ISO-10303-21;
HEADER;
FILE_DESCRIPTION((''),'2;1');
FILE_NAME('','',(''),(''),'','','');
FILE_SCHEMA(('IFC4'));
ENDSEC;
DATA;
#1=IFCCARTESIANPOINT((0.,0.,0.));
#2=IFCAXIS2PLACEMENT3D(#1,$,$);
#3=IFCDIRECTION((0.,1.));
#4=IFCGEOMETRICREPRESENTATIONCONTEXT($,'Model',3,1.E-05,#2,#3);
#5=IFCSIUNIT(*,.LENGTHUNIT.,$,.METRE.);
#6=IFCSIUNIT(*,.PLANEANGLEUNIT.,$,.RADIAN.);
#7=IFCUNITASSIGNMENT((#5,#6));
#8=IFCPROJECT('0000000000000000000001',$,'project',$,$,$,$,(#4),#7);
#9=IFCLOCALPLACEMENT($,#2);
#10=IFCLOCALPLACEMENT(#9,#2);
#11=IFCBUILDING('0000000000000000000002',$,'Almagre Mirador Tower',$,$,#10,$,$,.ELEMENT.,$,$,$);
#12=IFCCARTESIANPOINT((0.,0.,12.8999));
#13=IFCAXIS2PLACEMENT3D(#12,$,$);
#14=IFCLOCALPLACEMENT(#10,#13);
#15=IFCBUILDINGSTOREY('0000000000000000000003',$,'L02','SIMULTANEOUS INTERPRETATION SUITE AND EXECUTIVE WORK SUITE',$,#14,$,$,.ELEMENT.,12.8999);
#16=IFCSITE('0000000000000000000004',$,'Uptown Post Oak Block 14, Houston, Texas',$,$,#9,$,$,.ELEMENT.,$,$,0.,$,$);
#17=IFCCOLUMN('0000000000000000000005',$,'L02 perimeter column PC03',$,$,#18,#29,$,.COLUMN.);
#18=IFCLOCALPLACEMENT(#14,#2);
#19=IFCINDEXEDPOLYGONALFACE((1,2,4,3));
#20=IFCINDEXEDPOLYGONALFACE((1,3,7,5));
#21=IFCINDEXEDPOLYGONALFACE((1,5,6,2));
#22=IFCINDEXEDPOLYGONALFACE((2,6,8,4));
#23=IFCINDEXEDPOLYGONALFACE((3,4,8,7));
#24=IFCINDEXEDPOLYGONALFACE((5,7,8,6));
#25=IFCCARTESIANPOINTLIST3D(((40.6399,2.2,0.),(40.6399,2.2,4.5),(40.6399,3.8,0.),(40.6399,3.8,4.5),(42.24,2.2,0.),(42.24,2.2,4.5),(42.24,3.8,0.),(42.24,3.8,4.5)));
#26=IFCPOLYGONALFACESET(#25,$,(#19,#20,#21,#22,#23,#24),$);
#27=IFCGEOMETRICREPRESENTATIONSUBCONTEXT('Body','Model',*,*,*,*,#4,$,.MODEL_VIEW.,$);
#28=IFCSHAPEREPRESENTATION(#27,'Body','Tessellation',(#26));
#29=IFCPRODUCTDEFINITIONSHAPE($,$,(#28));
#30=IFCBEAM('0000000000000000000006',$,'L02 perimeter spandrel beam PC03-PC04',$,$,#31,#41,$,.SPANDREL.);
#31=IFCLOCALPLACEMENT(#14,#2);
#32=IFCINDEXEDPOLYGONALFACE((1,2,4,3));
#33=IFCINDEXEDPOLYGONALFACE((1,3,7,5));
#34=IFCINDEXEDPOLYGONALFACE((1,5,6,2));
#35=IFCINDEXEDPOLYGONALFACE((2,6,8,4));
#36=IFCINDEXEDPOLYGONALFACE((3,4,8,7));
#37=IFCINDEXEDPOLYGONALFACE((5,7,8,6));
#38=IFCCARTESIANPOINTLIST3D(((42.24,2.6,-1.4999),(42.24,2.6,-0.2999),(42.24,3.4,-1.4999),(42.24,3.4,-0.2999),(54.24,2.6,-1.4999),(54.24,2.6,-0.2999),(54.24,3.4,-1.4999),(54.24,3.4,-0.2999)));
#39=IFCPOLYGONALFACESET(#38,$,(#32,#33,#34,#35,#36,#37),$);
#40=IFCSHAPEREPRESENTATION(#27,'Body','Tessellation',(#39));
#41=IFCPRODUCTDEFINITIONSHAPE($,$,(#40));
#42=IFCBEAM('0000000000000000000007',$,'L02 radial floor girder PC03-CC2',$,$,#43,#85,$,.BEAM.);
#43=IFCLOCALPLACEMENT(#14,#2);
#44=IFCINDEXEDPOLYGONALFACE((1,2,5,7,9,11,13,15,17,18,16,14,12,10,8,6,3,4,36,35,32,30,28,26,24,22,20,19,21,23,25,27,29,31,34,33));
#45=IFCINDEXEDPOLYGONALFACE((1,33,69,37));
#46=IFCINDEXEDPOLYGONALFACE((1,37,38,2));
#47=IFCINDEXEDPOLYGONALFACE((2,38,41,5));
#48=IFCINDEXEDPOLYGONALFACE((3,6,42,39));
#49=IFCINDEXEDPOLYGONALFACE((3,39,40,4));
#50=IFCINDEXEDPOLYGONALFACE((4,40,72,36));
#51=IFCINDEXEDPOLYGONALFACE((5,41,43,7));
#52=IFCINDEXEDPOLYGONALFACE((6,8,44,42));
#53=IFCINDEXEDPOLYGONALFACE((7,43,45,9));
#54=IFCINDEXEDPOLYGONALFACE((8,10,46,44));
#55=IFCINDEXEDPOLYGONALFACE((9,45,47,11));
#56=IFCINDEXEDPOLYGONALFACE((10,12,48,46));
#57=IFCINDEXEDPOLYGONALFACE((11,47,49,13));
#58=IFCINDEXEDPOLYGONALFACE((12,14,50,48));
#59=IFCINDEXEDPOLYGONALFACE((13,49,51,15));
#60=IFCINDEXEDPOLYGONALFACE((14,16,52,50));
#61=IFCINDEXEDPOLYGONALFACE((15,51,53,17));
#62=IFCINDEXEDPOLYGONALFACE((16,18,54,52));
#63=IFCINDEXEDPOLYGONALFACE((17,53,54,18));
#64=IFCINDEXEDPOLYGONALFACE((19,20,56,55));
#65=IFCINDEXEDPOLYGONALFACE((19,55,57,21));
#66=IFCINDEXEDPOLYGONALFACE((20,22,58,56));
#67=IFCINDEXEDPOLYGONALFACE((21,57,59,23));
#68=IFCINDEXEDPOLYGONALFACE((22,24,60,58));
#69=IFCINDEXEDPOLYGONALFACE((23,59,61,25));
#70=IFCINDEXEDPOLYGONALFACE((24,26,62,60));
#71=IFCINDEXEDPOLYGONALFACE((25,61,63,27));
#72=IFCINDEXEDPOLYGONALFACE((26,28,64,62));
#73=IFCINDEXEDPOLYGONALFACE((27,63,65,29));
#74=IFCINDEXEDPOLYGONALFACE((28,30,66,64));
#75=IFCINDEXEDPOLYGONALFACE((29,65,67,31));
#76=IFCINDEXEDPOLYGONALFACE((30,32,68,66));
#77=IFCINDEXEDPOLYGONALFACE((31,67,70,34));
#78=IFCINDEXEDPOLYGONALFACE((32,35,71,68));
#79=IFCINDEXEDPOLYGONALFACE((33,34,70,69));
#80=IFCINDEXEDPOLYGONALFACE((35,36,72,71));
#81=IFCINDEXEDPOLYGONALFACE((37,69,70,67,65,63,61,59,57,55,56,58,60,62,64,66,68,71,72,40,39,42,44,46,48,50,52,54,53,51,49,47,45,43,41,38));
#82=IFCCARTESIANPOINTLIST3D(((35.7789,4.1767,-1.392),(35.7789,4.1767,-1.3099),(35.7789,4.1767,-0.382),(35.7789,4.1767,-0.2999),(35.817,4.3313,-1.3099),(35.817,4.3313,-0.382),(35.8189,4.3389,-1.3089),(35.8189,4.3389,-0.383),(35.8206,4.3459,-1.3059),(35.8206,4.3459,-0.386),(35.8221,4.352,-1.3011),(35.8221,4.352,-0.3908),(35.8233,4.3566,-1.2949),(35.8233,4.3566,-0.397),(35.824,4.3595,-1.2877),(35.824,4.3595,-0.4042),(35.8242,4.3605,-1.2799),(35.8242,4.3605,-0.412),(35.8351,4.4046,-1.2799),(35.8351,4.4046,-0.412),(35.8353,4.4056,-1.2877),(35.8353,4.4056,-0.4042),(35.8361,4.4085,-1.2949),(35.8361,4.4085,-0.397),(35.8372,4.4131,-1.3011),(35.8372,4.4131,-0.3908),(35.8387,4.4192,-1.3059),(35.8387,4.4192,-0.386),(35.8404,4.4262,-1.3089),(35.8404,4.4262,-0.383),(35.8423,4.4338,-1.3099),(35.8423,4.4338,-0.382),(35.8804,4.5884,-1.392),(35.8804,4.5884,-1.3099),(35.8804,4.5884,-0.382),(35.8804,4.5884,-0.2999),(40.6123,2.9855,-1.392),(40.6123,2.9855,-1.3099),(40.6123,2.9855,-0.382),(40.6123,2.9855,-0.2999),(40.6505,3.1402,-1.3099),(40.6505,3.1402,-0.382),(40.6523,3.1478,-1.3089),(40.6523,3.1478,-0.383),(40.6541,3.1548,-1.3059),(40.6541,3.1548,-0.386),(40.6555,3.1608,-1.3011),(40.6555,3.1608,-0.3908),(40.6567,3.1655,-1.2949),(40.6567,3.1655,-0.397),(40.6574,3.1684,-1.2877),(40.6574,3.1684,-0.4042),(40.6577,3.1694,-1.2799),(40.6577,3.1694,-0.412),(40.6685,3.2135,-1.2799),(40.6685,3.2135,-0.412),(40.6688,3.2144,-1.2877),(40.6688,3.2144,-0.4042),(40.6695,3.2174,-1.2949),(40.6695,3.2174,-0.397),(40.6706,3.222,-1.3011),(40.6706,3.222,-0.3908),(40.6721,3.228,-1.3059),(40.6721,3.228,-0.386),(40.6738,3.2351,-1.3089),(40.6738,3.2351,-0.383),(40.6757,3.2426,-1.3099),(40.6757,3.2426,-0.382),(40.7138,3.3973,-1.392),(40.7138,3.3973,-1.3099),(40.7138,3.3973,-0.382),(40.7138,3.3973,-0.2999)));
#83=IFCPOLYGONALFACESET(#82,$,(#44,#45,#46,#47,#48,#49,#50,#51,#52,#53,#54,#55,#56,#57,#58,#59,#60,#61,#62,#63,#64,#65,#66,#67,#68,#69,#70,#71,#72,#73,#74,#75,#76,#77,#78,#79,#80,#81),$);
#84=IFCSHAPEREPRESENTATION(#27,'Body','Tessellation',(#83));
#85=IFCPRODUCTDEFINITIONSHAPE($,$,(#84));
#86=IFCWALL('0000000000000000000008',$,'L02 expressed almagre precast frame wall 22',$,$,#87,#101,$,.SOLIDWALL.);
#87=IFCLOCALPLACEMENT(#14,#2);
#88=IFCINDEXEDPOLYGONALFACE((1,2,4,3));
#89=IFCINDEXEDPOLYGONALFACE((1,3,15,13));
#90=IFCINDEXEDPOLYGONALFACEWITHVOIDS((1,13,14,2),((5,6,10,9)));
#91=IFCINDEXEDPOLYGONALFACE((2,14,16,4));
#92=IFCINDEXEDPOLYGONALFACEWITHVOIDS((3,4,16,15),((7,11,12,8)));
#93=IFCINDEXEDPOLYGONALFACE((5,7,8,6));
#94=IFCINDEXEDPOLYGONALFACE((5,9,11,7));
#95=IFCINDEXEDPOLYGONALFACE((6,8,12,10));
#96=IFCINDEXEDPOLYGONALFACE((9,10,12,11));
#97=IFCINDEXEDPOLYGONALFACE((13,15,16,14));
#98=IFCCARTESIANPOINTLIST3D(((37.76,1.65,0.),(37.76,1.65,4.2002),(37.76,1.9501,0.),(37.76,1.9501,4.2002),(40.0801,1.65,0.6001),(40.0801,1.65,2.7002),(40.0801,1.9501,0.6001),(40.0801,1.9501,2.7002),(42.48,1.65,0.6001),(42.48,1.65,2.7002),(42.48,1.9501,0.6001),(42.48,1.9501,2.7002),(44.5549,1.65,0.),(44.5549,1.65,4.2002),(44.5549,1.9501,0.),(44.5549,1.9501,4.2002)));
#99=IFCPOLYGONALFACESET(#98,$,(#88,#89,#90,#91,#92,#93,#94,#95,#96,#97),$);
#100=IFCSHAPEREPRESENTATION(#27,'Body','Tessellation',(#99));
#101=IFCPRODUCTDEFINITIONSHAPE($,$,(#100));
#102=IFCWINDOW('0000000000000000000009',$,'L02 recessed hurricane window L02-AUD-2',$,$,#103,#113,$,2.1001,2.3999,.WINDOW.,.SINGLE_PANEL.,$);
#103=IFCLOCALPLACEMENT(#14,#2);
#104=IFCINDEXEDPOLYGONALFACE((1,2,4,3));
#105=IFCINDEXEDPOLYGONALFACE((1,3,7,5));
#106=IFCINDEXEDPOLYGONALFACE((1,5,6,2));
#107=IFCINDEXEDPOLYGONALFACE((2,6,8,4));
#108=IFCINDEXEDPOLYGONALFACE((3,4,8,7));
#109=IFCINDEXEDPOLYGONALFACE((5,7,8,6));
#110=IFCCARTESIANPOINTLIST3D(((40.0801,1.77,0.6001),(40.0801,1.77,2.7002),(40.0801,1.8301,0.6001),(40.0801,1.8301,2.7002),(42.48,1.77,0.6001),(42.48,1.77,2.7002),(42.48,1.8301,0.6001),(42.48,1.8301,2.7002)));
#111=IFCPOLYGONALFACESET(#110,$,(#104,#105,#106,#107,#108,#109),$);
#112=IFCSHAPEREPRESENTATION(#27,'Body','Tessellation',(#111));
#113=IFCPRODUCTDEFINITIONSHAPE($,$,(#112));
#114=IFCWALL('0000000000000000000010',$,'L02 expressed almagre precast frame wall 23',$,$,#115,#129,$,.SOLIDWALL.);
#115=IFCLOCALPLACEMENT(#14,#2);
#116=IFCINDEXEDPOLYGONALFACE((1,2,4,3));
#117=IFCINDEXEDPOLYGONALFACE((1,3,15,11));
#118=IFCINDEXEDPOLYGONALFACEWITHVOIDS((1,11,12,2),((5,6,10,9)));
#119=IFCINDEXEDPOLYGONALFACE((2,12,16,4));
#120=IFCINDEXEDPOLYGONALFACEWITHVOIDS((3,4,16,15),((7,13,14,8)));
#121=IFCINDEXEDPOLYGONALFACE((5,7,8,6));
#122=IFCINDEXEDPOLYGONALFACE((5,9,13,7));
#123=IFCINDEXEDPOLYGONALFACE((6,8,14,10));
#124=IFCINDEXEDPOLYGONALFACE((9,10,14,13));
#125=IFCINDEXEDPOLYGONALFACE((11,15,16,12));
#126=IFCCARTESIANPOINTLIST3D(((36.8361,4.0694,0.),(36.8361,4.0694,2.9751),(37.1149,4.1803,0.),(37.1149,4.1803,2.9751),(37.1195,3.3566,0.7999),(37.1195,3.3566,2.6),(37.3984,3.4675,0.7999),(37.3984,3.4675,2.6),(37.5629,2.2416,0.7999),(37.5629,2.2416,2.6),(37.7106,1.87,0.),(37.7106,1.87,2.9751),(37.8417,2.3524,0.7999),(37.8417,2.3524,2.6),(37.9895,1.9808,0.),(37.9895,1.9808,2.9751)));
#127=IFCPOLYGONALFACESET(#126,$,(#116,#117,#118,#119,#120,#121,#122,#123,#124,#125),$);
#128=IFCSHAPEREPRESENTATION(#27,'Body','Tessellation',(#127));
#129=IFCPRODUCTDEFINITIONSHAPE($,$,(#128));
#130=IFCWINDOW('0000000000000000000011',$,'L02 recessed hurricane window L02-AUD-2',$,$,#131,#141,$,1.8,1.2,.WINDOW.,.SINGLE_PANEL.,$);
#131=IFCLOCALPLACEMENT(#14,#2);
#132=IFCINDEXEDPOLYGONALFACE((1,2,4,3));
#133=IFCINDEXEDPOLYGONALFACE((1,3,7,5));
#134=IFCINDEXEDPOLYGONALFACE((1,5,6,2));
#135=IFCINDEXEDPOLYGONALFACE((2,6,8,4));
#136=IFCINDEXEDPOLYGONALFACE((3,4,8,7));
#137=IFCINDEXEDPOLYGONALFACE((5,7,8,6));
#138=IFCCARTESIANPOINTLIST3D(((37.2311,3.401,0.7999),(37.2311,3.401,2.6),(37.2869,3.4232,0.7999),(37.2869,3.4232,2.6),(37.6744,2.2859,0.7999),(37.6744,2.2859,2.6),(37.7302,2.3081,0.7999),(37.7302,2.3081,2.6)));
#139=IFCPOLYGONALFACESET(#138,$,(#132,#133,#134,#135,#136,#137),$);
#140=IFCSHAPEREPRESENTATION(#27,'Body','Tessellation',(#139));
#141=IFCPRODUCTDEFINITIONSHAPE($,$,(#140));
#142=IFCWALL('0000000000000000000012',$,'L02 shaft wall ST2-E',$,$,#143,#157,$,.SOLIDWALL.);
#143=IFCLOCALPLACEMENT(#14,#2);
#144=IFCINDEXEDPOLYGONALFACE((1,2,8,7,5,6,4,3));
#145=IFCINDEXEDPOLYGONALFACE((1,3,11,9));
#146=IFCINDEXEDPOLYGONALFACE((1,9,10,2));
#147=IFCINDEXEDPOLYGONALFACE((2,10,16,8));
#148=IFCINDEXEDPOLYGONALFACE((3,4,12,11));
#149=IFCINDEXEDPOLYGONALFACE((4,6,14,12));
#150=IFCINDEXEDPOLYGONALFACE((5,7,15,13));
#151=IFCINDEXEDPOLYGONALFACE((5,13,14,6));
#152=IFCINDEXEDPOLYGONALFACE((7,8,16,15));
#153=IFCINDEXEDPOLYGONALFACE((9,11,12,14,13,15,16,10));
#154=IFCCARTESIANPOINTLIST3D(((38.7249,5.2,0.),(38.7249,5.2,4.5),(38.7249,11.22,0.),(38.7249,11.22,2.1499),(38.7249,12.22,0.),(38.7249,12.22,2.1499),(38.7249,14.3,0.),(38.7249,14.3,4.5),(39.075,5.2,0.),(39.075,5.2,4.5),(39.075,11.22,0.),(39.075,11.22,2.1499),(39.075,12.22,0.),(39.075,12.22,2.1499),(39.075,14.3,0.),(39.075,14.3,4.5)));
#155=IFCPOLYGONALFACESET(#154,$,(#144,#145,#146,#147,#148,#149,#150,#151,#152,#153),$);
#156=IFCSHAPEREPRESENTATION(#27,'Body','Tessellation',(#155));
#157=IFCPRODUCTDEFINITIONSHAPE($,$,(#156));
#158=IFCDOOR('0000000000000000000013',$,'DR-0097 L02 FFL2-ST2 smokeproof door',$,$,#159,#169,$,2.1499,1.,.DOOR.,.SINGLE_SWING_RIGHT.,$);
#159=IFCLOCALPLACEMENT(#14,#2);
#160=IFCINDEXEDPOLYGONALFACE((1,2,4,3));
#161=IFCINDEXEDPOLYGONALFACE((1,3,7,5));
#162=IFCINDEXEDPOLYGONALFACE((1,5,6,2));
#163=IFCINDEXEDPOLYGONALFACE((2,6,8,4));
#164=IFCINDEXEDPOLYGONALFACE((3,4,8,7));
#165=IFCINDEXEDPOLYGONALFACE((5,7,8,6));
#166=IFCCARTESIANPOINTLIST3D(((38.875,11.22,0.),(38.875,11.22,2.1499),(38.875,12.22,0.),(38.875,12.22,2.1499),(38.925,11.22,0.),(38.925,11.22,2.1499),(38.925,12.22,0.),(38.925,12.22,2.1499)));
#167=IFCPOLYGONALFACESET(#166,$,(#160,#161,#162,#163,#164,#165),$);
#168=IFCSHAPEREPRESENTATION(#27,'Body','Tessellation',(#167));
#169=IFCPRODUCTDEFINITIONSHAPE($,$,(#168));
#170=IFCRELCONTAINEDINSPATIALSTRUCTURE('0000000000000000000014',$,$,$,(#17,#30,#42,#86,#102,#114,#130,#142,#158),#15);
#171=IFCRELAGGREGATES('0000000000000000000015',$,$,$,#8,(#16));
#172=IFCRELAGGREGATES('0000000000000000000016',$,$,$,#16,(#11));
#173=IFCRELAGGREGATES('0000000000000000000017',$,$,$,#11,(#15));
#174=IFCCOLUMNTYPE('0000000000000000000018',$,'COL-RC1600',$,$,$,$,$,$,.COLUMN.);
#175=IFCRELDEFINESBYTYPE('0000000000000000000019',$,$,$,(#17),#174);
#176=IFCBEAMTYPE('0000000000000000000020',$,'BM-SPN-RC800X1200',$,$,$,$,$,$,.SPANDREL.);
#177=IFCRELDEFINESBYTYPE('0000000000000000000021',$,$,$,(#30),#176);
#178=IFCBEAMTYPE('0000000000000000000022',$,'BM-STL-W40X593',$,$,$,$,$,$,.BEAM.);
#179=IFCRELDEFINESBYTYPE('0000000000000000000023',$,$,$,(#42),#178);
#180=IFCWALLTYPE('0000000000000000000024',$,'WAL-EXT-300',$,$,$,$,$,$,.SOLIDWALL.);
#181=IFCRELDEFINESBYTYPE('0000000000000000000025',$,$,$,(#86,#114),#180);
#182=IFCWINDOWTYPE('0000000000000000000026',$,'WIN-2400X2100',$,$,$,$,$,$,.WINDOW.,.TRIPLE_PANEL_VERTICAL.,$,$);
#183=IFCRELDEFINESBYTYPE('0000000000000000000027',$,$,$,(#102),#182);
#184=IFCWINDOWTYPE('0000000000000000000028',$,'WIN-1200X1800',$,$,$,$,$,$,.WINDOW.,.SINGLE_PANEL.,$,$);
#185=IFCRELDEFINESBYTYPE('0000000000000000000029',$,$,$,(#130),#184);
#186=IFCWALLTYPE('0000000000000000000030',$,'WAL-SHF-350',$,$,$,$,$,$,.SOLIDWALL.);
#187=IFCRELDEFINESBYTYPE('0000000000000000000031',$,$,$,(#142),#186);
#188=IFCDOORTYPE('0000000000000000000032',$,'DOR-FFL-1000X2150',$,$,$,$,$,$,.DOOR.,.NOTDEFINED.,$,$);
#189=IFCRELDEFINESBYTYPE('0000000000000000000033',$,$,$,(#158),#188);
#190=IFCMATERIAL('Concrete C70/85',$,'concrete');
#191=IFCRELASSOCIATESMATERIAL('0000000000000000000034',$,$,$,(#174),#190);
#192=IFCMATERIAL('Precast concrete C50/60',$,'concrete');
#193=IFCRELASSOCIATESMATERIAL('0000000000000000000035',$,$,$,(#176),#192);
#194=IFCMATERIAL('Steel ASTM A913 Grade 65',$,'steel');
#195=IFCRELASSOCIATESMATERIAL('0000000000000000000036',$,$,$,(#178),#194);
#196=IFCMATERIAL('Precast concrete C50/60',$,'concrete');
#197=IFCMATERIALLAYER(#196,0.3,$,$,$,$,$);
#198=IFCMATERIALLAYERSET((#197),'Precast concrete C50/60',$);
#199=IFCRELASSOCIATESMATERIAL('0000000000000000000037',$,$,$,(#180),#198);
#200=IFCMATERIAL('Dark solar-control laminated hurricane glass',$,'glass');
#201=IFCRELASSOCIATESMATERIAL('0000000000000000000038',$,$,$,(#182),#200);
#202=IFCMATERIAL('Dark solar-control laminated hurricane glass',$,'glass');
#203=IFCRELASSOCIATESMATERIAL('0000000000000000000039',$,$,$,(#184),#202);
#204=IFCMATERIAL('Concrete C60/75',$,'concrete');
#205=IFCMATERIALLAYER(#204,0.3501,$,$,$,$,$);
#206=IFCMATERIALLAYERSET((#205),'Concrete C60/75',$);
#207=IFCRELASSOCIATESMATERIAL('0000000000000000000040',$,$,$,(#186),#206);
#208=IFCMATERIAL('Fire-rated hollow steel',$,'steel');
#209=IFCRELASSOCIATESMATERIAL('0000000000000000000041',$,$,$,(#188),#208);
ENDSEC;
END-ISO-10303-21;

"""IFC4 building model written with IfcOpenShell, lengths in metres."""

from ifc_helpers import new_model, si_unit, direction, frame, frame_2d, origin, origin_2d, place, context, subcontext, project, spatial, rectangle, i_section, extrude, material, layer, layer_set, material_profile, profile_set, type_object, element, fill, save


model = new_model("IFC4")

# Units and contexts
model_context = context("Model", 3, precision=1e-05, world=origin(), true_north=direction((0.0, 1.0)))
body_context = subcontext(model_context, "Body", "Model", "MODEL_VIEW")
ifc_project = project(units=[si_unit("LENGTHUNIT", "METRE"), si_unit("PLANEANGLEUNIT", "RADIAN")], contexts=[model_context])

# Site, building, storey
site_placement = place(None, origin())
site = spatial("IfcSite", under=ifc_project, at=site_placement, Name="Uptown Post Oak Block 14, Houston, Texas", CompositionType="ELEMENT", RefElevation=0.0)
building_placement = place(site_placement, origin())
building = spatial("IfcBuilding", under=site, at=building_placement, Name="Almagre Mirador Tower", CompositionType="ELEMENT")
storey_placement = place(building_placement, frame((0.0, 0.0, 12.8999)))
storey = spatial("IfcBuildingStorey", under=building, at=storey_placement, Name="L02", Description="SIMULTANEOUS INTERPRETATION SUITE AND EXECUTIVE WORK SUITE", CompositionType="ELEMENT", Elevation=12.8999)

# Column
ifc_material_1 = material(Name="Concrete C70/85", Category="concrete")
ifc_material_profile_1 = material_profile(ifc_material_1, rectangle(XDim=1.6001, YDim=1.6001, at=origin_2d()), Name="RC1600X1600")
ifc_profile_set_1 = profile_set([ifc_material_profile_1], Name="Concrete C70/85")
column_type = type_object("IfcColumnType", Name="COL-RC1600", PredefinedType="COLUMN", material=ifc_profile_set_1)
column_placement = place(storey_placement, frame((41.4399, 3.0, 0.0), z_axis=(0.0, 0.0, 1.0), x_axis=(1.0, 0.0, 0.0)))
element("IfcColumn", 1, at=column_placement, inside=storey, type_object=column_type, Name="L02 perimeter column PC03", PredefinedType="COLUMN", context=body_context, shape_type="SweptSolid", body=[
    extrude(rectangle(XDim=1.6001, YDim=1.6001, at=origin_2d()), origin(), (0.0, 0.0, 1.0), 4.5),
])

# Beams
ifc_material_2 = material(Name="Precast concrete C50/60", Category="concrete")
ifc_material_profile_2 = material_profile(ifc_material_2, rectangle(XDim=0.8, YDim=1.2, at=origin_2d()), Name="RC800X1200")
ifc_profile_set_2 = profile_set([ifc_material_profile_2], Name="Precast concrete C50/60")
beam_type_1 = type_object("IfcBeamType", Name="BM-SPN-RC800X1200", PredefinedType="SPANDREL", material=ifc_profile_set_2)
beam_1_placement = place(storey_placement, frame((42.24, 3.0, -0.8999), z_axis=(1.0, 0.0, 0.0), x_axis=(0.0, 1.0, 0.0)))
element("IfcBeam", 2, at=beam_1_placement, inside=storey, type_object=beam_type_1, Name="L02 perimeter spandrel beam PC03-PC04", PredefinedType="SPANDREL", context=body_context, shape_type="SweptSolid", body=[
    extrude(rectangle(XDim=0.8, YDim=1.2, at=origin_2d()), origin(), (0.0, 0.0, 1.0), 12.0),
])
ifc_material_3 = material(Name="Steel ASTM A913 Grade 65", Category="steel")
ifc_material_profile_3 = material_profile(ifc_material_3, i_section(OverallWidth=0.4241, OverallDepth=1.092, WebThickness=0.0454, FlangeThickness=0.082, FilletRadius=0.03, at=origin_2d()), Name="W40X593")
ifc_profile_set_3 = profile_set([ifc_material_profile_3], Name="Steel ASTM A913 Grade 65")
beam_type_2 = type_object("IfcBeamType", Name="BM-STL-W40X593", PredefinedType="BEAM", material=ifc_profile_set_3)
beam_2_placement = place(storey_placement, frame((40.6631, 3.1914, -0.8459), z_axis=(-0.970951, 0.23928, 0.0), x_axis=(-0.23928, -0.970951, 0.0)))
element("IfcBeam", 3, at=beam_2_placement, inside=storey, type_object=beam_type_2, Name="L02 radial floor girder PC03-CC2", PredefinedType="BEAM", context=body_context, shape_type="SweptSolid", body=[
    extrude(i_section(OverallWidth=0.4241, OverallDepth=1.092, WebThickness=0.0454, FlangeThickness=0.082, FilletRadius=0.03, at=origin_2d()), origin(), (0.0, 0.0, 1.0), 4.978),
])

# Walls, openings, windows
ifc_material_4 = material(Name="Precast concrete C50/60", Category="concrete")
ifc_layer_1 = layer(ifc_material_4, 0.3)
ifc_layer_set_1 = layer_set([ifc_layer_1], Name="Precast concrete C50/60")
wall_type_1 = type_object("IfcWallType", Name="WAL-EXT-300", PredefinedType="SOLIDWALL", material=ifc_layer_set_1)
wall_1_placement = place(storey_placement, frame((44.5549, 1.8, 0.0), z_axis=(0.0, 0.0, 1.0), x_axis=(-1.0, 0.0, 0.0)))
wall_1 = element("IfcWall", 4, at=wall_1_placement, inside=storey, type_object=wall_type_1, Name="L02 expressed almagre precast frame wall 22", PredefinedType="SOLIDWALL", context=body_context, shape_type="SweptSolid", body=[
    extrude(rectangle(XDim=6.7949, YDim=0.3, at=frame_2d((3.3975, 0.0))), origin(), (0.0, 0.0, 1.0), 4.2002),
])
opening_1_placement = place(wall_1_placement, frame((2.075, 0.0, 0.6001)))
opening_1 = element("IfcOpeningElement", 5, at=opening_1_placement, cuts=wall_1, PredefinedType="OPENING", context=body_context, shape_type="SweptSolid", body=[
    extrude(rectangle(XDim=2.3999, YDim=2.1001, at=frame_2d((1.2, 1.05))), frame((0.0, 0.1599, 0.0), z_axis=(0.0, -1.0, 0.0), x_axis=(1.0, 0.0, 0.0)), (0.0, 0.0, 1.0), 0.32),
])
ifc_material_5 = material(Name="Dark solar-control laminated hurricane glass", Category="glass")
window_type_1 = type_object("IfcWindowType", Name="WIN-2400X2100", PartitioningType="TRIPLE_PANEL_VERTICAL", PredefinedType="WINDOW", material=ifc_material_5)
window_1_placement = place(opening_1_placement, origin())
window_1 = element("IfcWindow", 6, at=window_1_placement, inside=storey, type_object=window_type_1, Name="L02 recessed hurricane window L02-AUD-2", OverallHeight=2.1001, OverallWidth=2.3999, PartitioningType="SINGLE_PANEL", PredefinedType="WINDOW", context=body_context, shape_type="SweptSolid", body=[
    extrude(rectangle(XDim=2.3999, YDim=2.1001, at=frame_2d((1.2, 1.05))), frame((0.0, 0.03, 0.0), z_axis=(0.0, -1.0, 0.0), x_axis=(1.0, 0.0, 0.0)), (0.0, 0.0, 1.0), 0.0601),
])
fill(opening_1, window_1)
wall_2_placement = place(storey_placement, frame((37.8501, 1.9253, 0.0), z_axis=(0.0, 0.0, 1.0), x_axis=(-0.369469, 0.929243, 0.0)))
wall_2 = element("IfcWall", 7, at=wall_2_placement, inside=storey, type_object=wall_type_1, Name="L02 expressed almagre precast frame wall 23", PredefinedType="SOLIDWALL", context=body_context, shape_type="SweptSolid", body=[
    extrude(rectangle(XDim=2.3669, YDim=0.3, at=frame_2d((1.1836, 0.0))), origin(), (0.0, 0.0, 1.0), 2.9751),
])
opening_2_placement = place(wall_2_placement, frame((0.3999, 0.0, 0.8)))
opening_2 = element("IfcOpeningElement", 8, at=opening_2_placement, cuts=wall_2, PredefinedType="OPENING", context=body_context, shape_type="SweptSolid", body=[
    extrude(rectangle(XDim=1.2, YDim=1.8, at=frame_2d((0.6001, 0.8999))), frame((0.0, 0.1599, 0.0), z_axis=(0.0, -1.0, 0.0), x_axis=(1.0, 0.0, 0.0)), (0.0, 0.0, 1.0), 0.32),
])
ifc_material_6 = material(Name="Dark solar-control laminated hurricane glass", Category="glass")
window_type_2 = type_object("IfcWindowType", Name="WIN-1200X1800", PartitioningType="SINGLE_PANEL", PredefinedType="WINDOW", material=ifc_material_6)
window_2_placement = place(opening_2_placement, origin())
window_2 = element("IfcWindow", 9, at=window_2_placement, inside=storey, type_object=window_type_2, Name="L02 recessed hurricane window L02-AUD-2", OverallHeight=1.8, OverallWidth=1.2, PartitioningType="SINGLE_PANEL", PredefinedType="WINDOW", context=body_context, shape_type="SweptSolid", body=[
    extrude(rectangle(XDim=1.2, YDim=1.8, at=frame_2d((0.6001, 0.8999))), frame((0.0, 0.03, 0.0), z_axis=(0.0, -1.0, 0.0), x_axis=(1.0, 0.0, 0.0)), (0.0, 0.0, 1.0), 0.0601),
])
fill(opening_2, window_2)

# Wall, opening, door
ifc_material_7 = material(Name="Concrete C60/75", Category="concrete")
ifc_layer_2 = layer(ifc_material_7, 0.3501)
ifc_layer_set_2 = layer_set([ifc_layer_2], Name="Concrete C60/75")
wall_type_2 = type_object("IfcWallType", Name="WAL-SHF-350", PredefinedType="SOLIDWALL", material=ifc_layer_set_2)
wall_3_placement = place(storey_placement, frame((38.8999, 5.2, 0.0), z_axis=(0.0, 0.0, 1.0), x_axis=(0.0, 1.0, 0.0)))
wall_3 = element("IfcWall", 10, at=wall_3_placement, inside=storey, type_object=wall_type_2, Name="L02 shaft wall ST2-E", PredefinedType="SOLIDWALL", context=body_context, shape_type="SweptSolid", body=[
    extrude(rectangle(XDim=9.1001, YDim=0.3501, at=frame_2d((4.55, 0.0))), origin(), (0.0, 0.0, 1.0), 4.5),
])
opening_3_placement = place(wall_3_placement, frame((6.02, 0.0, 0.0)))
opening_3 = element("IfcOpeningElement", 11, at=opening_3_placement, cuts=wall_3, PredefinedType="OPENING", context=body_context, shape_type="SweptSolid", body=[
    extrude(rectangle(XDim=1.0, YDim=2.1499, at=frame_2d((0.5, 1.075))), frame((0.0, 0.185, 0.0), z_axis=(0.0, -1.0, 0.0), x_axis=(1.0, 0.0, 0.0)), (0.0, 0.0, 1.0), 0.3701),
])
ifc_material_8 = material(Name="Fire-rated hollow steel", Category="steel")
door_type_1 = type_object("IfcDoorType", Name="DOR-FFL-1000X2150", OperationType="NOTDEFINED", PredefinedType="DOOR", material=ifc_material_8)
door_1_placement = place(opening_3_placement, origin())
door_1 = element("IfcDoor", 12, at=door_1_placement, inside=storey, type_object=door_type_1, Name="DR-0097 L02 FFL2-ST2 smokeproof door", OperationType="SINGLE_SWING_RIGHT", OverallHeight=2.1499, OverallWidth=1.0, PredefinedType="DOOR", context=body_context, shape_type="SweptSolid", body=[
    extrude(rectangle(XDim=1.0, YDim=2.1499, at=frame_2d((0.5, 1.075))), frame((0.0, 0.0249, 0.0), z_axis=(0.0, -1.0, 0.0), x_axis=(1.0, 0.0, 0.0)), (0.0, 0.0, 1.0), 0.05),
])
fill(opening_3, door_1)

save(model, "model.ifc")
